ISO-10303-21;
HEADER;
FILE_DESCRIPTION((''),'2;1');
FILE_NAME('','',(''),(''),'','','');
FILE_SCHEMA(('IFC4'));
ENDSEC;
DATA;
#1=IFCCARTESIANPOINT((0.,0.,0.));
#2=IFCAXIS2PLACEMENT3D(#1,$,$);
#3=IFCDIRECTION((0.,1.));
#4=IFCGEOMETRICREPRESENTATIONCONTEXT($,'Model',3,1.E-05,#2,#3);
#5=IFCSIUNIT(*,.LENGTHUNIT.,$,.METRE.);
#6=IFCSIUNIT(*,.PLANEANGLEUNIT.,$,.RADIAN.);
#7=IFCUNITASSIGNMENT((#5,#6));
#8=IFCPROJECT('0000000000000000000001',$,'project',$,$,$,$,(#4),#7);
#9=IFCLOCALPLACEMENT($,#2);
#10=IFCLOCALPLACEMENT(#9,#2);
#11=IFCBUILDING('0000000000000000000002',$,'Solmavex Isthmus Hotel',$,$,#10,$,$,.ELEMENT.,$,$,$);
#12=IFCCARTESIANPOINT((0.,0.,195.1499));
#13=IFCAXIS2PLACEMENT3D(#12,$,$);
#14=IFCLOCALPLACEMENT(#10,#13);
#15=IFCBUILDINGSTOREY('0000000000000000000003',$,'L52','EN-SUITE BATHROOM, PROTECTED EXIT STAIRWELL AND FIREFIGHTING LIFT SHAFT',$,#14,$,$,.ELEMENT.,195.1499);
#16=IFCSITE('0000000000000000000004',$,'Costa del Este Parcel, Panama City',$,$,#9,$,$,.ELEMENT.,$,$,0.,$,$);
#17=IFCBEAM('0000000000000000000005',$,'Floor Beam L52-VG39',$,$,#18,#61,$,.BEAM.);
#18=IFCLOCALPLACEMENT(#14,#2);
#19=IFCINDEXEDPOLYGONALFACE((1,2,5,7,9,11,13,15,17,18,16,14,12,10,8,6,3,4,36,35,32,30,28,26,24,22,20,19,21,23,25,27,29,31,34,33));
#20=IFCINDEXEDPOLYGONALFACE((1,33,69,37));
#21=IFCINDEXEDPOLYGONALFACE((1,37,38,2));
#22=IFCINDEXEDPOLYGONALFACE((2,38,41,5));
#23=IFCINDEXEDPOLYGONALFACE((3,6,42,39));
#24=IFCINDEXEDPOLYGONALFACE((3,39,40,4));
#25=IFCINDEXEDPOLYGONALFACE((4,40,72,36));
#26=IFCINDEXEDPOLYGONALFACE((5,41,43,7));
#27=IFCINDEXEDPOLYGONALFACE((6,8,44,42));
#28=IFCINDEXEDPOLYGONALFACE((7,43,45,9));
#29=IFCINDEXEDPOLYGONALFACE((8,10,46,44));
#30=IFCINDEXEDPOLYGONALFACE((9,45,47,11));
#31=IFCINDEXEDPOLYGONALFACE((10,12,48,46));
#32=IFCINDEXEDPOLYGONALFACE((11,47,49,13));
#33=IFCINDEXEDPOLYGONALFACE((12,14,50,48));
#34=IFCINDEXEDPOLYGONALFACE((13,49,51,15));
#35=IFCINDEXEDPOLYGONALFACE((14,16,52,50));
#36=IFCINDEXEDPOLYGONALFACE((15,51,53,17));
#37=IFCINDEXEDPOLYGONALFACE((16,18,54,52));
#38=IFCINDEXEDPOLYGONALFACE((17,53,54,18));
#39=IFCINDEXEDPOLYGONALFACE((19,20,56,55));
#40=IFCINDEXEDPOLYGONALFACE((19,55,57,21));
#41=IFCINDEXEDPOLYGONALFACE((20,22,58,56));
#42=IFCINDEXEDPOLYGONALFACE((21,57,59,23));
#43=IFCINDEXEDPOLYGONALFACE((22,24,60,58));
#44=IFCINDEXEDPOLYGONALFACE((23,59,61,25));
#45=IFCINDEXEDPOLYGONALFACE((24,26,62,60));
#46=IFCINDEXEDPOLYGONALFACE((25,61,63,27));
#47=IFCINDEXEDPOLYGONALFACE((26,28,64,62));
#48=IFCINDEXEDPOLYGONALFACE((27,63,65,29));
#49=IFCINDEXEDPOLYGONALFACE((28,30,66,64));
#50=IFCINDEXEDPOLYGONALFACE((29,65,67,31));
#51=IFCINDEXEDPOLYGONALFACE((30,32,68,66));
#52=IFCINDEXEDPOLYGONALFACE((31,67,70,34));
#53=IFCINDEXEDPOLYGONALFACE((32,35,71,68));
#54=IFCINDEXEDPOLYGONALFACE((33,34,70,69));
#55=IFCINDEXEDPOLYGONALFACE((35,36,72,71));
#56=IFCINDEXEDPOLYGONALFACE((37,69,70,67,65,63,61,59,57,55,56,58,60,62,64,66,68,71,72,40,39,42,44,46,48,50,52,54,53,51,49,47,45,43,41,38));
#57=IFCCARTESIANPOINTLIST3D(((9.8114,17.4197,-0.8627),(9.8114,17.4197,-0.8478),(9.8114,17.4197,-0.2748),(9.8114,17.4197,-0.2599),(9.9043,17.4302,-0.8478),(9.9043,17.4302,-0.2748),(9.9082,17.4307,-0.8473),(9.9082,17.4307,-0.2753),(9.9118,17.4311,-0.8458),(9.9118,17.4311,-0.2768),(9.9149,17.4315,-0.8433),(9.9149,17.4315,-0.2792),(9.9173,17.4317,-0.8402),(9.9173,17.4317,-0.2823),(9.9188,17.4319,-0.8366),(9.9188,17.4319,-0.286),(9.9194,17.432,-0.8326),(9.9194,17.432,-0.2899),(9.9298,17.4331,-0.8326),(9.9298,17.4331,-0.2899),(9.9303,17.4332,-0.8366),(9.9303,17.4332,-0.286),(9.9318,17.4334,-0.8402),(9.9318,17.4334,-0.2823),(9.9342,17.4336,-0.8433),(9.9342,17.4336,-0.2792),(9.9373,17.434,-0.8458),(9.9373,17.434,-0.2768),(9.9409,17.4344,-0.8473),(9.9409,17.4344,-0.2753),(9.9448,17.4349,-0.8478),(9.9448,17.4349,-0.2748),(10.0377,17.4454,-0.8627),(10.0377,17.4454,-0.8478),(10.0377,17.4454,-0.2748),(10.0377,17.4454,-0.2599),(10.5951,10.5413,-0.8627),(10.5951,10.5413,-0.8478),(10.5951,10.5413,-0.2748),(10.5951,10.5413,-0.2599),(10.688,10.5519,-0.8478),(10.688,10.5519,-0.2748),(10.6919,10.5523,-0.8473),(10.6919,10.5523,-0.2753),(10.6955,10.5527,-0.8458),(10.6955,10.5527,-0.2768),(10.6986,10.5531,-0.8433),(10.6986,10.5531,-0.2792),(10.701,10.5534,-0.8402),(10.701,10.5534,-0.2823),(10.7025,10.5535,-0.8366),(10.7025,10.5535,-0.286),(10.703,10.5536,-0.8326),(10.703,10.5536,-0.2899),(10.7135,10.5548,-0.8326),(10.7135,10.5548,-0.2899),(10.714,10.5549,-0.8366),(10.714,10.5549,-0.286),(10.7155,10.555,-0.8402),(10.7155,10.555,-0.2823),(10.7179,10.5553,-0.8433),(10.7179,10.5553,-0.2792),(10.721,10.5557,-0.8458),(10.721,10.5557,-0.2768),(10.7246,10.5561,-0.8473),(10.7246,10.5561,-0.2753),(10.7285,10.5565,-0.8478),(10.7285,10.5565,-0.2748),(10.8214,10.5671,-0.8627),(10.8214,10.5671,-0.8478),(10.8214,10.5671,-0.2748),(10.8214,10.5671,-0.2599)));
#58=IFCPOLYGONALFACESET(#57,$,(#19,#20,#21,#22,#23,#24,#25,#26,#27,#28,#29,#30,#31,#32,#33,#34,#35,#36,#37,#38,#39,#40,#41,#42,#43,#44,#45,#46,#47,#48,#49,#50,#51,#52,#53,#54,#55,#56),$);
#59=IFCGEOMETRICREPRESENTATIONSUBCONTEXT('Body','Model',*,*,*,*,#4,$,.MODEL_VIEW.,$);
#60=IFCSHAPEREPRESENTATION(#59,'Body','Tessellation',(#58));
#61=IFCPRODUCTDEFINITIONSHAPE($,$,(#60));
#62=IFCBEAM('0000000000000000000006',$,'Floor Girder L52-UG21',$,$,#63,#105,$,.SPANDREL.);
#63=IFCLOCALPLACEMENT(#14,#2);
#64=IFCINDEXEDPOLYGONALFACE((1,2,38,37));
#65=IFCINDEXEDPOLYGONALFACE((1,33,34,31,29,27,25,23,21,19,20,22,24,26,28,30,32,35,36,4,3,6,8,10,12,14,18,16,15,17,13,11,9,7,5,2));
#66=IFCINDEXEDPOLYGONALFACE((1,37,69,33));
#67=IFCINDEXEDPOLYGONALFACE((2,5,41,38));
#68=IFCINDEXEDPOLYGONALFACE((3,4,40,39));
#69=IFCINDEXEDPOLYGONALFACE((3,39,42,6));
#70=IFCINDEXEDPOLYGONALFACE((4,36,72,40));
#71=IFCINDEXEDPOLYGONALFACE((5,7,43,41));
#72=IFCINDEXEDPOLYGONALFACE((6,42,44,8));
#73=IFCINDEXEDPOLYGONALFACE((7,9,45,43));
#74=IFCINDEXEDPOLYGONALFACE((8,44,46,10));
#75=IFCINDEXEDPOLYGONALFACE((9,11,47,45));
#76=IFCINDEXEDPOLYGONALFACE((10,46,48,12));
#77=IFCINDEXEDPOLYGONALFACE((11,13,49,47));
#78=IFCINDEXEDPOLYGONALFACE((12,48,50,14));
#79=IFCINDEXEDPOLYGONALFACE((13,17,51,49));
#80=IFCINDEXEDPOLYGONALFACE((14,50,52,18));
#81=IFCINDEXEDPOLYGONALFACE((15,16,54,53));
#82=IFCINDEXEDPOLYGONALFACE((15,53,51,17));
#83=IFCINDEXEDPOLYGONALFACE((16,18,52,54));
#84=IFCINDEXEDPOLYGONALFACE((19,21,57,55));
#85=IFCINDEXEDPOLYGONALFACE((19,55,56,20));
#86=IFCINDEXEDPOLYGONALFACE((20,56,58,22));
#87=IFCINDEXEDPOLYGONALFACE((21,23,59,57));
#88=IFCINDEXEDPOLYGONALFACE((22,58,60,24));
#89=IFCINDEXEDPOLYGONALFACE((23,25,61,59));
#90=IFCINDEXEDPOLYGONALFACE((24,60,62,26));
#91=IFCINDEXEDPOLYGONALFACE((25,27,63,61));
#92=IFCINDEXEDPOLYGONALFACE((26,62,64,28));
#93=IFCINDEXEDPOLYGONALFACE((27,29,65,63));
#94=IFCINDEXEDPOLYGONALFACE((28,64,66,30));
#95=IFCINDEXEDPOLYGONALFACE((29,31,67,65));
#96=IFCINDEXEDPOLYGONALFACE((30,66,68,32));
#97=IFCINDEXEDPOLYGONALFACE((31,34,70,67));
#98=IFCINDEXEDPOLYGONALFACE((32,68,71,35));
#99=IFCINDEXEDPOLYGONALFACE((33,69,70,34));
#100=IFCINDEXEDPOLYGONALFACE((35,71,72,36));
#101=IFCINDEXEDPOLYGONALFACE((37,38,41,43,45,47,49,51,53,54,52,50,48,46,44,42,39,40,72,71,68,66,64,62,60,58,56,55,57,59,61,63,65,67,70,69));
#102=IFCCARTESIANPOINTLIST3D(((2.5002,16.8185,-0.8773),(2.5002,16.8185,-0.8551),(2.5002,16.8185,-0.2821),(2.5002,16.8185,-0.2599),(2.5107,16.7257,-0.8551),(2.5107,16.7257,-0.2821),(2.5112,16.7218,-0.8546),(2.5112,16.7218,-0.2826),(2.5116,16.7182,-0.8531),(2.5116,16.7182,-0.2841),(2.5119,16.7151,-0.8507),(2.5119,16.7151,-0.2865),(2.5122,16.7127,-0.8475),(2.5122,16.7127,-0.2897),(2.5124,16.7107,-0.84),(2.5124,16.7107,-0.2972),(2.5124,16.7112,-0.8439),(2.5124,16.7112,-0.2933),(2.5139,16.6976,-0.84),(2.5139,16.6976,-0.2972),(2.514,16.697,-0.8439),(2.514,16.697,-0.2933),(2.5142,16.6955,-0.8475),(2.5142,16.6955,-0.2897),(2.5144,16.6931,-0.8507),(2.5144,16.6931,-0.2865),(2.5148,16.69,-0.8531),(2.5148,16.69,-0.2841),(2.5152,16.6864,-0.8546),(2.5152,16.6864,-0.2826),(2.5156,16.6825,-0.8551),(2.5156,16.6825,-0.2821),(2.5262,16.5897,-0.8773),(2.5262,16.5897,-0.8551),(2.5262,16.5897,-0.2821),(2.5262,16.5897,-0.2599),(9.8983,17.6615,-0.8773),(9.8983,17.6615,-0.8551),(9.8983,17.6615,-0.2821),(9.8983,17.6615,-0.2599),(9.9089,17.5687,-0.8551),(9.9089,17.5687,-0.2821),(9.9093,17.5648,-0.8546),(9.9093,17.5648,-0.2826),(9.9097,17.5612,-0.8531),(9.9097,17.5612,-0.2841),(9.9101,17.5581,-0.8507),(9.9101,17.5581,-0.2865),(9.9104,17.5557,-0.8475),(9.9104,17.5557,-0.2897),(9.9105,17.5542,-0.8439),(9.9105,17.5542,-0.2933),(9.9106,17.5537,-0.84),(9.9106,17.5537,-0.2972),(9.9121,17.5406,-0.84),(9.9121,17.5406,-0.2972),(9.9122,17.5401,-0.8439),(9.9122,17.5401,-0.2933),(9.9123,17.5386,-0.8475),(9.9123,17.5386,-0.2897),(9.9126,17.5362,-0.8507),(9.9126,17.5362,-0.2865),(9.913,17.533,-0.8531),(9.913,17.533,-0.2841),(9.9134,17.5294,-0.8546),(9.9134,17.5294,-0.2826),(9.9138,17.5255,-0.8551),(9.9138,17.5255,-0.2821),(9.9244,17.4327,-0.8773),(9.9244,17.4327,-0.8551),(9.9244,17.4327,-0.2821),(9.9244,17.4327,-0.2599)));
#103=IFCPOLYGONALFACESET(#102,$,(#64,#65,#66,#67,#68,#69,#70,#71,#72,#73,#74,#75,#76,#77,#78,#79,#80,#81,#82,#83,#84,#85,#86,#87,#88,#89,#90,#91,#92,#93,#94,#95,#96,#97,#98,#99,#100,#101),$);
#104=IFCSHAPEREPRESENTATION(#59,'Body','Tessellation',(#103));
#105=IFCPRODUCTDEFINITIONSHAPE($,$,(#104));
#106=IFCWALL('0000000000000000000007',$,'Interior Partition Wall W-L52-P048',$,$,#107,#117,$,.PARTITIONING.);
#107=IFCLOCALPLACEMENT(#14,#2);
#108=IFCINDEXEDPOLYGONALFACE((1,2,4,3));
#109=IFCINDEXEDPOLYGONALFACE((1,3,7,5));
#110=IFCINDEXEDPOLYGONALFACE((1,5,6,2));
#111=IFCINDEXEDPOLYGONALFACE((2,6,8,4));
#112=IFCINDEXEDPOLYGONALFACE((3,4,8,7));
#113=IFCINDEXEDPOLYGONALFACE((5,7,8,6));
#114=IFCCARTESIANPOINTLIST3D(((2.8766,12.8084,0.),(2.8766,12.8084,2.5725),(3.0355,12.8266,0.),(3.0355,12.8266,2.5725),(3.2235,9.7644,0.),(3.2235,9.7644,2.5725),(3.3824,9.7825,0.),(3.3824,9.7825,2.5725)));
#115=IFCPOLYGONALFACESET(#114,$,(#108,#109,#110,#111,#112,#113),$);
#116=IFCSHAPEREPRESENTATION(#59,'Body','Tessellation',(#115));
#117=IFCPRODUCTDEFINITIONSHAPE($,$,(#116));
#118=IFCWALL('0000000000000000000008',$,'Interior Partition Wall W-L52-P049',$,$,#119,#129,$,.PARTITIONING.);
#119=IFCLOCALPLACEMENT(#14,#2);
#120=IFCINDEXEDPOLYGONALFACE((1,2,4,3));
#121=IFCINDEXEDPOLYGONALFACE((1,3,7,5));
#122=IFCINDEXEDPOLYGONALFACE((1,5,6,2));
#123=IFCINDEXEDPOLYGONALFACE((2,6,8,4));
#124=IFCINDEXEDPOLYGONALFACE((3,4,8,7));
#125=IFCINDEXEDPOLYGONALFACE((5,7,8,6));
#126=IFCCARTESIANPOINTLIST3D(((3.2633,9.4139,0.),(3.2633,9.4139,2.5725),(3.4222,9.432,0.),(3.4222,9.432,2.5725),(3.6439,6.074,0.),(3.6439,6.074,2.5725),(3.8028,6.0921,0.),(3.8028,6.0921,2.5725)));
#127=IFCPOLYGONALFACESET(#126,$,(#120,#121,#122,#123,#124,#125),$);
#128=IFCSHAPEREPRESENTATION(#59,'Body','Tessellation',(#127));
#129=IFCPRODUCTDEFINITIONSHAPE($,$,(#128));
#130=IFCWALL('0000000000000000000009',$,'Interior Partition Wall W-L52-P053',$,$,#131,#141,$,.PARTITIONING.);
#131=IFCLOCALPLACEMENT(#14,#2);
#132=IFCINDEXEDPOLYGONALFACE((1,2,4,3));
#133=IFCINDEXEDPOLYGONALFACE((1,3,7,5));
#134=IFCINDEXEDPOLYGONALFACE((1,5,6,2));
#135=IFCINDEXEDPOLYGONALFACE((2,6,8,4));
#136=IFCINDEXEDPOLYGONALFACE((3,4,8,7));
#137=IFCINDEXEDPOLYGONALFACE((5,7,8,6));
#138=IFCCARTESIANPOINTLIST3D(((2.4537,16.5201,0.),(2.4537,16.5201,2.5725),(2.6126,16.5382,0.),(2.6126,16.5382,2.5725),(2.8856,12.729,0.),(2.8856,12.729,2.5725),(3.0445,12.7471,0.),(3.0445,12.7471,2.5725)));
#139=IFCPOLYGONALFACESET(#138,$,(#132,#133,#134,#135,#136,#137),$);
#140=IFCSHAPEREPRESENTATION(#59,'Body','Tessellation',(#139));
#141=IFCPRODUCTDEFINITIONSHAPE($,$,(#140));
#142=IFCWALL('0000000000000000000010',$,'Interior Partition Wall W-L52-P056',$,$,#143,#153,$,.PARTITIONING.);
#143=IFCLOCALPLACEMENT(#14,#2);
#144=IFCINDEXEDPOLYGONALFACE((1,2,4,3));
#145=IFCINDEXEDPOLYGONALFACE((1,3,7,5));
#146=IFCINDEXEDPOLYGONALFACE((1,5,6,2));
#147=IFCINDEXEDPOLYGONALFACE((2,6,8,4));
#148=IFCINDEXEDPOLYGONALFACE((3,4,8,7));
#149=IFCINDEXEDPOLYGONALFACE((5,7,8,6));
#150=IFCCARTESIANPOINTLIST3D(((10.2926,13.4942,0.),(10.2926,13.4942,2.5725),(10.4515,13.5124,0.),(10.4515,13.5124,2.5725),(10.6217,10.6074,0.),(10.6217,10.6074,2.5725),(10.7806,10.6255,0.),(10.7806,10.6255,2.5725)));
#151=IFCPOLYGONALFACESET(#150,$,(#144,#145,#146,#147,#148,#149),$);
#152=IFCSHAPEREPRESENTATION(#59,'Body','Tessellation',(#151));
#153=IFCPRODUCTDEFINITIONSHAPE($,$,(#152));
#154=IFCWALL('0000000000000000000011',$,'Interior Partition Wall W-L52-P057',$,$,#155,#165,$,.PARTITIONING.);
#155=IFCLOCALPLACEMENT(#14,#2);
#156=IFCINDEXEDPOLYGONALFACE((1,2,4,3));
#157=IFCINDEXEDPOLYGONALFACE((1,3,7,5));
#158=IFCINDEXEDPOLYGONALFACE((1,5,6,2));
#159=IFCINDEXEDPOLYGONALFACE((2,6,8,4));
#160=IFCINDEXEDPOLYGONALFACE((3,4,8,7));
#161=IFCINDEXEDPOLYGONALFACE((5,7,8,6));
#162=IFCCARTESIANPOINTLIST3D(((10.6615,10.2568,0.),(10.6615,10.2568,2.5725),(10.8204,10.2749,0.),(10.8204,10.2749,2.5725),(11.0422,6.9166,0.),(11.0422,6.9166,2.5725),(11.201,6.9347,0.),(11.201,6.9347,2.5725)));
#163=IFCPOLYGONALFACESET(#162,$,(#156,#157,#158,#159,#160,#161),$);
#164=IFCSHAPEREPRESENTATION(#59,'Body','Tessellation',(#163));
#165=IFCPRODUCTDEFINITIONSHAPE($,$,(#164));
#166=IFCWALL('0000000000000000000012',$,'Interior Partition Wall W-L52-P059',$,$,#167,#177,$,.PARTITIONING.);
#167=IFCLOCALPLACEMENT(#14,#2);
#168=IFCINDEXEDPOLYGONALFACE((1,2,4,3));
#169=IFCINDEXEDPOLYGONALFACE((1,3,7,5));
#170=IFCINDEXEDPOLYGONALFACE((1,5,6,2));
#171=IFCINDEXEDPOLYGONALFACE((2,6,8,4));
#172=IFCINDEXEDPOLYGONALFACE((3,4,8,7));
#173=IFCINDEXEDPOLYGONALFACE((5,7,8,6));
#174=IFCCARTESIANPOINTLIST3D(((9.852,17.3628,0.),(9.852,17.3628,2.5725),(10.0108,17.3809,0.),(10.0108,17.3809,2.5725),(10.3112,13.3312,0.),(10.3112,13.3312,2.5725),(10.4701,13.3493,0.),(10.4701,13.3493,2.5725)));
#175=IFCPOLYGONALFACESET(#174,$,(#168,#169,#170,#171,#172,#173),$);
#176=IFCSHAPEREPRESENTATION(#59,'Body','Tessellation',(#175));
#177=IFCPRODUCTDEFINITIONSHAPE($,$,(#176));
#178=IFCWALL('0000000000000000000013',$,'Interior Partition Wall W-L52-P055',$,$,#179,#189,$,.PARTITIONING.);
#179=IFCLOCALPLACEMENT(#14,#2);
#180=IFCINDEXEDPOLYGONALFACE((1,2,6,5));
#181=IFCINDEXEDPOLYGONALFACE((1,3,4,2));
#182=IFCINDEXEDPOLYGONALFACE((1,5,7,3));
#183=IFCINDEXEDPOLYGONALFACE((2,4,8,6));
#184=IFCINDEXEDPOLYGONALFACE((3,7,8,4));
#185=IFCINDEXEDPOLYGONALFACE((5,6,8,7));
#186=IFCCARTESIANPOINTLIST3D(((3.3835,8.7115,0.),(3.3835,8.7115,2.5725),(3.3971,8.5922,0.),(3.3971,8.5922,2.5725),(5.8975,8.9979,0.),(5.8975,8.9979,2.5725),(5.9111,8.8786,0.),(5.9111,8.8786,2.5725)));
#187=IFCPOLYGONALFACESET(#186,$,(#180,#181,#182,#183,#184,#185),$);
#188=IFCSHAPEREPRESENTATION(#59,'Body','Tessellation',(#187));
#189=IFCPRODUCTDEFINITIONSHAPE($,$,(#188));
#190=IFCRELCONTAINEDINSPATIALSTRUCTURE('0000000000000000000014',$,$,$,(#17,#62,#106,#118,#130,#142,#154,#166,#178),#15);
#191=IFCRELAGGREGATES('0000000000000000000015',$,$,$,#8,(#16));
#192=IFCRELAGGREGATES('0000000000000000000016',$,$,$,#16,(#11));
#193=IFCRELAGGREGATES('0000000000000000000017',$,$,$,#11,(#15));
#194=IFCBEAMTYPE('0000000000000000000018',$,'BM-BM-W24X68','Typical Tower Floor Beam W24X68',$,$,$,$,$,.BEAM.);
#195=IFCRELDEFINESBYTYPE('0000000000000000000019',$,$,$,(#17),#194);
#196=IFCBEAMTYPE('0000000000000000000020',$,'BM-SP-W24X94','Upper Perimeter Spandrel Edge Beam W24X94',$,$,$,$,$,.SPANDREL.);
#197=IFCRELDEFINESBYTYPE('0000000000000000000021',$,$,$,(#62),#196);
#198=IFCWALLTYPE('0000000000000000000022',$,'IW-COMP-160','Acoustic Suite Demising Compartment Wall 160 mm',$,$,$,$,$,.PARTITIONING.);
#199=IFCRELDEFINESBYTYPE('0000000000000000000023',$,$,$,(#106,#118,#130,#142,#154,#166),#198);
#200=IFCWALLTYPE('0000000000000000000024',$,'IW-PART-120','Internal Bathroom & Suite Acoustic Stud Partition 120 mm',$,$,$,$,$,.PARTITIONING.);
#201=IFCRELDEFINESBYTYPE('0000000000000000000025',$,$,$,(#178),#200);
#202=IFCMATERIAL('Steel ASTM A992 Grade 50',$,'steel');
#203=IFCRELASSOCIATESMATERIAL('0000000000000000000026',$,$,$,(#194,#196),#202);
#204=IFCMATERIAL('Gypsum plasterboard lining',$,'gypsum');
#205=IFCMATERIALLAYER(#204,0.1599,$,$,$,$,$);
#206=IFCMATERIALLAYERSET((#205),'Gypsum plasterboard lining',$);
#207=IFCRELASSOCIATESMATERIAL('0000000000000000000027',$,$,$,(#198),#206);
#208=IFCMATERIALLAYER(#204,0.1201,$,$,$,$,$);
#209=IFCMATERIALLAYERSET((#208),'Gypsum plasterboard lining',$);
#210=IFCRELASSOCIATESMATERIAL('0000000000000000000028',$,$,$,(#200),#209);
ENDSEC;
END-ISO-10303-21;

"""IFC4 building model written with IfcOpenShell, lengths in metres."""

from ifc_helpers import new_model, si_unit, direction, frame, frame_2d, origin, origin_2d, place, context, subcontext, project, spatial, rectangle, i_section, extrude, material, layer, layer_set, material_profile, profile_set, type_object, element, save


model = new_model("IFC4")

# Units and contexts
model_context = context("Model", 3, precision=1e-05, world=origin(), true_north=direction((0.0, 1.0)))
body_context = subcontext(model_context, "Body", "Model", "MODEL_VIEW")
ifc_project = project(units=[si_unit("LENGTHUNIT", "METRE"), si_unit("PLANEANGLEUNIT", "RADIAN")], contexts=[model_context])

# Site, building, storey
site_placement = place(None, origin())
site = spatial("IfcSite", under=ifc_project, at=site_placement, Name="Costa del Este Parcel, Panama City", CompositionType="ELEMENT", RefElevation=0.0)
building_placement = place(site_placement, origin())
building = spatial("IfcBuilding", under=site, at=building_placement, Name="Solmavex Isthmus Hotel", CompositionType="ELEMENT")
storey_placement = place(building_placement, frame((0.0, 0.0, 195.1499)))
storey = spatial("IfcBuildingStorey", under=building, at=storey_placement, Name="L52", Description="EN-SUITE BATHROOM, PROTECTED EXIT STAIRWELL AND FIREFIGHTING LIFT SHAFT", CompositionType="ELEMENT", Elevation=195.1499)

# Beams
ifc_material_1 = material(Name="Steel ASTM A992 Grade 50", Category="steel")
ifc_material_profile_1 = material_profile(ifc_material_1, i_section(OverallWidth=0.2278, OverallDepth=0.6028, WebThickness=0.0105, FlangeThickness=0.0149, FilletRadius=0.0151, at=origin_2d()), Name="W24X68")
ifc_profile_set_1 = profile_set([ifc_material_profile_1], Name="Steel ASTM A992 Grade 50")
beam_type_1 = type_object("IfcBeamType", Name="BM-BM-W24X68", Description="Typical Tower Floor Beam W24X68", PredefinedType="BEAM", material=ifc_profile_set_1)
for number, where, z_axis, x_axis, name in (
    (1, (10.7083, 10.5542, -0.5613), (-0.113202, 0.993572, 0.0), (-0.993572, -0.113202, 0.0), "Floor Beam L52-VG39"),
):
    element("IfcBeam", number, at=place(storey_placement, frame(where, z_axis=z_axis, x_axis=x_axis)), inside=storey, type_object=beam_type_1, Name=name, PredefinedType="BEAM", context=body_context, shape_type="SweptSolid", body=[
        extrude(i_section(OverallWidth=0.2278, OverallDepth=0.6028, WebThickness=0.0105, FlangeThickness=0.0149, FilletRadius=0.0151, at=origin_2d()), origin(), (0.0, 0.0, 1.0), 6.9229),
    ])
ifc_material_profile_2 = material_profile(ifc_material_1, i_section(OverallWidth=0.2302, OverallDepth=0.6174, WebThickness=0.0132, FlangeThickness=0.0222, FilletRadius=0.0151, at=origin_2d()), Name="W24X94")
ifc_profile_set_2 = profile_set([ifc_material_profile_2], Name="Steel ASTM A992 Grade 50")
beam_type_2 = type_object("IfcBeamType", Name="BM-SP-W24X94", Description="Upper Perimeter Spandrel Edge Beam W24X94", PredefinedType="SPANDREL", material=ifc_profile_set_2)
beam_1_placement = place(storey_placement, frame((2.5132, 16.7041, -0.5686), z_axis=(0.99357, 0.113216, 0.0), x_axis=(-0.113216, 0.99357, 0.0)))
element("IfcBeam", 2, at=beam_1_placement, inside=storey, type_object=beam_type_2, Name="Floor Girder L52-UG21", PredefinedType="SPANDREL", context=body_context, shape_type="SweptSolid", body=[
    extrude(i_section(OverallWidth=0.2302, OverallDepth=0.6174, WebThickness=0.0132, FlangeThickness=0.0222, FilletRadius=0.0151, at=origin_2d()), origin(), (0.0, 0.0, 1.0), 7.446),
])

# Walls
ifc_material_2 = material(Name="Gypsum plasterboard lining", Category="gypsum")
ifc_layer_1 = layer(ifc_material_2, 0.1599)
ifc_layer_set_1 = layer_set([ifc_layer_1], Name="Gypsum plasterboard lining")
wall_type_1 = type_object("IfcWallType", Name="IW-COMP-160", Description="Acoustic Suite Demising Compartment Wall 160 mm", PredefinedType="PARTITIONING", material=ifc_layer_set_1)
wall_1_placement = place(storey_placement, frame((2.9561, 12.8174, 0.0), z_axis=(0.0, 0.0, 1.0), x_axis=(0.113239, -0.993568, 0.0)))
element("IfcWall", 3, at=wall_1_placement, inside=storey, type_object=wall_type_1, Name="Interior Partition Wall W-L52-P048", PredefinedType="PARTITIONING", context=body_context, shape_type="SweptSolid", body=[
    extrude(rectangle(XDim=3.0637, YDim=0.1599, at=frame_2d((1.5317, 0.0))), origin(), (0.0, 0.0, 1.0), 2.5725),
])
wall_2_placement = place(storey_placement, frame((3.3428, 9.4229, 0.0), z_axis=(0.0, 0.0, 1.0), x_axis=(0.113229, -0.993569, 0.0)))
element("IfcWall", 4, at=wall_2_placement, inside=storey, type_object=wall_type_1, Name="Interior Partition Wall W-L52-P049", PredefinedType="PARTITIONING", context=body_context, shape_type="SweptSolid", body=[
    extrude(rectangle(XDim=3.3616, YDim=0.1599, at=frame_2d((1.6807, 0.0))), origin(), (0.0, 0.0, 1.0), 2.5725),
])
wall_3_placement = place(storey_placement, frame((2.5332, 16.5291, 0.0), z_axis=(0.0, 0.0, 1.0), x_axis=(0.113184, -0.993574, 0.0)))
element("IfcWall", 5, at=wall_3_placement, inside=storey, type_object=wall_type_1, Name="Interior Partition Wall W-L52-P053", PredefinedType="PARTITIONING", context=body_context, shape_type="SweptSolid", body=[
    extrude(rectangle(XDim=3.8157, YDim=0.1599, at=frame_2d((1.9077, 0.0))), origin(), (0.0, 0.0, 1.0), 2.5725),
])
wall_4_placement = place(storey_placement, frame((10.3721, 13.5032, 0.0), z_axis=(0.0, 0.0, 1.0), x_axis=(0.113272, -0.993564, 0.0)))
element("IfcWall", 6, at=wall_4_placement, inside=storey, type_object=wall_type_1, Name="Interior Partition Wall W-L52-P056", PredefinedType="PARTITIONING", context=body_context, shape_type="SweptSolid", body=[
    extrude(rectangle(XDim=2.9055, YDim=0.1599, at=frame_2d((1.4526, 0.0))), origin(), (0.0, 0.0, 1.0), 2.5725),
])
wall_5_placement = place(storey_placement, frame((10.741, 10.2659, 0.0), z_axis=(0.0, 0.0, 1.0), x_axis=(0.113221, -0.99357, 0.0)))
element("IfcWall", 7, at=wall_5_placement, inside=storey, type_object=wall_type_1, Name="Interior Partition Wall W-L52-P057", PredefinedType="PARTITIONING", context=body_context, shape_type="SweptSolid", body=[
    extrude(rectangle(XDim=3.3618, YDim=0.1599, at=frame_2d((1.6809, 0.0))), origin(), (0.0, 0.0, 1.0), 2.5725),
])
wall_6_placement = place(storey_placement, frame((9.9314, 17.3718, 0.0), z_axis=(0.0, 0.0, 1.0), x_axis=(0.113178, -0.993575, 0.0)))
element("IfcWall", 8, at=wall_6_placement, inside=storey, type_object=wall_type_1, Name="Interior Partition Wall W-L52-P059", PredefinedType="PARTITIONING", context=body_context, shape_type="SweptSolid", body=[
    extrude(rectangle(XDim=4.0576, YDim=0.1599, at=frame_2d((2.0288, 0.0))), origin(), (0.0, 0.0, 1.0), 2.5725),
])

# Wall
ifc_layer_2 = layer(ifc_material_2, 0.1201)
ifc_layer_set_2 = layer_set([ifc_layer_2], Name="Gypsum plasterboard lining")
wall_type_2 = type_object("IfcWallType", Name="IW-PART-120", Description="Internal Bathroom & Suite Acoustic Stud Partition 120 mm", PredefinedType="PARTITIONING", material=ifc_layer_set_2)
wall_7_placement = place(storey_placement, frame((5.9043, 8.9382, 0.0), z_axis=(0.0, 0.0, 1.0), x_axis=(-0.993574, -0.113185, 0.0)))
element("IfcWall", 9, at=wall_7_placement, inside=storey, type_object=wall_type_2, Name="Interior Partition Wall W-L52-P055", PredefinedType="PARTITIONING", context=body_context, shape_type="SweptSolid", body=[
    extrude(rectangle(XDim=2.5303, YDim=0.1201, at=frame_2d((1.2651, 0.0))), origin(), (0.0, 0.0, 1.0), 2.5725),
])

save(model, "model.ifc")
